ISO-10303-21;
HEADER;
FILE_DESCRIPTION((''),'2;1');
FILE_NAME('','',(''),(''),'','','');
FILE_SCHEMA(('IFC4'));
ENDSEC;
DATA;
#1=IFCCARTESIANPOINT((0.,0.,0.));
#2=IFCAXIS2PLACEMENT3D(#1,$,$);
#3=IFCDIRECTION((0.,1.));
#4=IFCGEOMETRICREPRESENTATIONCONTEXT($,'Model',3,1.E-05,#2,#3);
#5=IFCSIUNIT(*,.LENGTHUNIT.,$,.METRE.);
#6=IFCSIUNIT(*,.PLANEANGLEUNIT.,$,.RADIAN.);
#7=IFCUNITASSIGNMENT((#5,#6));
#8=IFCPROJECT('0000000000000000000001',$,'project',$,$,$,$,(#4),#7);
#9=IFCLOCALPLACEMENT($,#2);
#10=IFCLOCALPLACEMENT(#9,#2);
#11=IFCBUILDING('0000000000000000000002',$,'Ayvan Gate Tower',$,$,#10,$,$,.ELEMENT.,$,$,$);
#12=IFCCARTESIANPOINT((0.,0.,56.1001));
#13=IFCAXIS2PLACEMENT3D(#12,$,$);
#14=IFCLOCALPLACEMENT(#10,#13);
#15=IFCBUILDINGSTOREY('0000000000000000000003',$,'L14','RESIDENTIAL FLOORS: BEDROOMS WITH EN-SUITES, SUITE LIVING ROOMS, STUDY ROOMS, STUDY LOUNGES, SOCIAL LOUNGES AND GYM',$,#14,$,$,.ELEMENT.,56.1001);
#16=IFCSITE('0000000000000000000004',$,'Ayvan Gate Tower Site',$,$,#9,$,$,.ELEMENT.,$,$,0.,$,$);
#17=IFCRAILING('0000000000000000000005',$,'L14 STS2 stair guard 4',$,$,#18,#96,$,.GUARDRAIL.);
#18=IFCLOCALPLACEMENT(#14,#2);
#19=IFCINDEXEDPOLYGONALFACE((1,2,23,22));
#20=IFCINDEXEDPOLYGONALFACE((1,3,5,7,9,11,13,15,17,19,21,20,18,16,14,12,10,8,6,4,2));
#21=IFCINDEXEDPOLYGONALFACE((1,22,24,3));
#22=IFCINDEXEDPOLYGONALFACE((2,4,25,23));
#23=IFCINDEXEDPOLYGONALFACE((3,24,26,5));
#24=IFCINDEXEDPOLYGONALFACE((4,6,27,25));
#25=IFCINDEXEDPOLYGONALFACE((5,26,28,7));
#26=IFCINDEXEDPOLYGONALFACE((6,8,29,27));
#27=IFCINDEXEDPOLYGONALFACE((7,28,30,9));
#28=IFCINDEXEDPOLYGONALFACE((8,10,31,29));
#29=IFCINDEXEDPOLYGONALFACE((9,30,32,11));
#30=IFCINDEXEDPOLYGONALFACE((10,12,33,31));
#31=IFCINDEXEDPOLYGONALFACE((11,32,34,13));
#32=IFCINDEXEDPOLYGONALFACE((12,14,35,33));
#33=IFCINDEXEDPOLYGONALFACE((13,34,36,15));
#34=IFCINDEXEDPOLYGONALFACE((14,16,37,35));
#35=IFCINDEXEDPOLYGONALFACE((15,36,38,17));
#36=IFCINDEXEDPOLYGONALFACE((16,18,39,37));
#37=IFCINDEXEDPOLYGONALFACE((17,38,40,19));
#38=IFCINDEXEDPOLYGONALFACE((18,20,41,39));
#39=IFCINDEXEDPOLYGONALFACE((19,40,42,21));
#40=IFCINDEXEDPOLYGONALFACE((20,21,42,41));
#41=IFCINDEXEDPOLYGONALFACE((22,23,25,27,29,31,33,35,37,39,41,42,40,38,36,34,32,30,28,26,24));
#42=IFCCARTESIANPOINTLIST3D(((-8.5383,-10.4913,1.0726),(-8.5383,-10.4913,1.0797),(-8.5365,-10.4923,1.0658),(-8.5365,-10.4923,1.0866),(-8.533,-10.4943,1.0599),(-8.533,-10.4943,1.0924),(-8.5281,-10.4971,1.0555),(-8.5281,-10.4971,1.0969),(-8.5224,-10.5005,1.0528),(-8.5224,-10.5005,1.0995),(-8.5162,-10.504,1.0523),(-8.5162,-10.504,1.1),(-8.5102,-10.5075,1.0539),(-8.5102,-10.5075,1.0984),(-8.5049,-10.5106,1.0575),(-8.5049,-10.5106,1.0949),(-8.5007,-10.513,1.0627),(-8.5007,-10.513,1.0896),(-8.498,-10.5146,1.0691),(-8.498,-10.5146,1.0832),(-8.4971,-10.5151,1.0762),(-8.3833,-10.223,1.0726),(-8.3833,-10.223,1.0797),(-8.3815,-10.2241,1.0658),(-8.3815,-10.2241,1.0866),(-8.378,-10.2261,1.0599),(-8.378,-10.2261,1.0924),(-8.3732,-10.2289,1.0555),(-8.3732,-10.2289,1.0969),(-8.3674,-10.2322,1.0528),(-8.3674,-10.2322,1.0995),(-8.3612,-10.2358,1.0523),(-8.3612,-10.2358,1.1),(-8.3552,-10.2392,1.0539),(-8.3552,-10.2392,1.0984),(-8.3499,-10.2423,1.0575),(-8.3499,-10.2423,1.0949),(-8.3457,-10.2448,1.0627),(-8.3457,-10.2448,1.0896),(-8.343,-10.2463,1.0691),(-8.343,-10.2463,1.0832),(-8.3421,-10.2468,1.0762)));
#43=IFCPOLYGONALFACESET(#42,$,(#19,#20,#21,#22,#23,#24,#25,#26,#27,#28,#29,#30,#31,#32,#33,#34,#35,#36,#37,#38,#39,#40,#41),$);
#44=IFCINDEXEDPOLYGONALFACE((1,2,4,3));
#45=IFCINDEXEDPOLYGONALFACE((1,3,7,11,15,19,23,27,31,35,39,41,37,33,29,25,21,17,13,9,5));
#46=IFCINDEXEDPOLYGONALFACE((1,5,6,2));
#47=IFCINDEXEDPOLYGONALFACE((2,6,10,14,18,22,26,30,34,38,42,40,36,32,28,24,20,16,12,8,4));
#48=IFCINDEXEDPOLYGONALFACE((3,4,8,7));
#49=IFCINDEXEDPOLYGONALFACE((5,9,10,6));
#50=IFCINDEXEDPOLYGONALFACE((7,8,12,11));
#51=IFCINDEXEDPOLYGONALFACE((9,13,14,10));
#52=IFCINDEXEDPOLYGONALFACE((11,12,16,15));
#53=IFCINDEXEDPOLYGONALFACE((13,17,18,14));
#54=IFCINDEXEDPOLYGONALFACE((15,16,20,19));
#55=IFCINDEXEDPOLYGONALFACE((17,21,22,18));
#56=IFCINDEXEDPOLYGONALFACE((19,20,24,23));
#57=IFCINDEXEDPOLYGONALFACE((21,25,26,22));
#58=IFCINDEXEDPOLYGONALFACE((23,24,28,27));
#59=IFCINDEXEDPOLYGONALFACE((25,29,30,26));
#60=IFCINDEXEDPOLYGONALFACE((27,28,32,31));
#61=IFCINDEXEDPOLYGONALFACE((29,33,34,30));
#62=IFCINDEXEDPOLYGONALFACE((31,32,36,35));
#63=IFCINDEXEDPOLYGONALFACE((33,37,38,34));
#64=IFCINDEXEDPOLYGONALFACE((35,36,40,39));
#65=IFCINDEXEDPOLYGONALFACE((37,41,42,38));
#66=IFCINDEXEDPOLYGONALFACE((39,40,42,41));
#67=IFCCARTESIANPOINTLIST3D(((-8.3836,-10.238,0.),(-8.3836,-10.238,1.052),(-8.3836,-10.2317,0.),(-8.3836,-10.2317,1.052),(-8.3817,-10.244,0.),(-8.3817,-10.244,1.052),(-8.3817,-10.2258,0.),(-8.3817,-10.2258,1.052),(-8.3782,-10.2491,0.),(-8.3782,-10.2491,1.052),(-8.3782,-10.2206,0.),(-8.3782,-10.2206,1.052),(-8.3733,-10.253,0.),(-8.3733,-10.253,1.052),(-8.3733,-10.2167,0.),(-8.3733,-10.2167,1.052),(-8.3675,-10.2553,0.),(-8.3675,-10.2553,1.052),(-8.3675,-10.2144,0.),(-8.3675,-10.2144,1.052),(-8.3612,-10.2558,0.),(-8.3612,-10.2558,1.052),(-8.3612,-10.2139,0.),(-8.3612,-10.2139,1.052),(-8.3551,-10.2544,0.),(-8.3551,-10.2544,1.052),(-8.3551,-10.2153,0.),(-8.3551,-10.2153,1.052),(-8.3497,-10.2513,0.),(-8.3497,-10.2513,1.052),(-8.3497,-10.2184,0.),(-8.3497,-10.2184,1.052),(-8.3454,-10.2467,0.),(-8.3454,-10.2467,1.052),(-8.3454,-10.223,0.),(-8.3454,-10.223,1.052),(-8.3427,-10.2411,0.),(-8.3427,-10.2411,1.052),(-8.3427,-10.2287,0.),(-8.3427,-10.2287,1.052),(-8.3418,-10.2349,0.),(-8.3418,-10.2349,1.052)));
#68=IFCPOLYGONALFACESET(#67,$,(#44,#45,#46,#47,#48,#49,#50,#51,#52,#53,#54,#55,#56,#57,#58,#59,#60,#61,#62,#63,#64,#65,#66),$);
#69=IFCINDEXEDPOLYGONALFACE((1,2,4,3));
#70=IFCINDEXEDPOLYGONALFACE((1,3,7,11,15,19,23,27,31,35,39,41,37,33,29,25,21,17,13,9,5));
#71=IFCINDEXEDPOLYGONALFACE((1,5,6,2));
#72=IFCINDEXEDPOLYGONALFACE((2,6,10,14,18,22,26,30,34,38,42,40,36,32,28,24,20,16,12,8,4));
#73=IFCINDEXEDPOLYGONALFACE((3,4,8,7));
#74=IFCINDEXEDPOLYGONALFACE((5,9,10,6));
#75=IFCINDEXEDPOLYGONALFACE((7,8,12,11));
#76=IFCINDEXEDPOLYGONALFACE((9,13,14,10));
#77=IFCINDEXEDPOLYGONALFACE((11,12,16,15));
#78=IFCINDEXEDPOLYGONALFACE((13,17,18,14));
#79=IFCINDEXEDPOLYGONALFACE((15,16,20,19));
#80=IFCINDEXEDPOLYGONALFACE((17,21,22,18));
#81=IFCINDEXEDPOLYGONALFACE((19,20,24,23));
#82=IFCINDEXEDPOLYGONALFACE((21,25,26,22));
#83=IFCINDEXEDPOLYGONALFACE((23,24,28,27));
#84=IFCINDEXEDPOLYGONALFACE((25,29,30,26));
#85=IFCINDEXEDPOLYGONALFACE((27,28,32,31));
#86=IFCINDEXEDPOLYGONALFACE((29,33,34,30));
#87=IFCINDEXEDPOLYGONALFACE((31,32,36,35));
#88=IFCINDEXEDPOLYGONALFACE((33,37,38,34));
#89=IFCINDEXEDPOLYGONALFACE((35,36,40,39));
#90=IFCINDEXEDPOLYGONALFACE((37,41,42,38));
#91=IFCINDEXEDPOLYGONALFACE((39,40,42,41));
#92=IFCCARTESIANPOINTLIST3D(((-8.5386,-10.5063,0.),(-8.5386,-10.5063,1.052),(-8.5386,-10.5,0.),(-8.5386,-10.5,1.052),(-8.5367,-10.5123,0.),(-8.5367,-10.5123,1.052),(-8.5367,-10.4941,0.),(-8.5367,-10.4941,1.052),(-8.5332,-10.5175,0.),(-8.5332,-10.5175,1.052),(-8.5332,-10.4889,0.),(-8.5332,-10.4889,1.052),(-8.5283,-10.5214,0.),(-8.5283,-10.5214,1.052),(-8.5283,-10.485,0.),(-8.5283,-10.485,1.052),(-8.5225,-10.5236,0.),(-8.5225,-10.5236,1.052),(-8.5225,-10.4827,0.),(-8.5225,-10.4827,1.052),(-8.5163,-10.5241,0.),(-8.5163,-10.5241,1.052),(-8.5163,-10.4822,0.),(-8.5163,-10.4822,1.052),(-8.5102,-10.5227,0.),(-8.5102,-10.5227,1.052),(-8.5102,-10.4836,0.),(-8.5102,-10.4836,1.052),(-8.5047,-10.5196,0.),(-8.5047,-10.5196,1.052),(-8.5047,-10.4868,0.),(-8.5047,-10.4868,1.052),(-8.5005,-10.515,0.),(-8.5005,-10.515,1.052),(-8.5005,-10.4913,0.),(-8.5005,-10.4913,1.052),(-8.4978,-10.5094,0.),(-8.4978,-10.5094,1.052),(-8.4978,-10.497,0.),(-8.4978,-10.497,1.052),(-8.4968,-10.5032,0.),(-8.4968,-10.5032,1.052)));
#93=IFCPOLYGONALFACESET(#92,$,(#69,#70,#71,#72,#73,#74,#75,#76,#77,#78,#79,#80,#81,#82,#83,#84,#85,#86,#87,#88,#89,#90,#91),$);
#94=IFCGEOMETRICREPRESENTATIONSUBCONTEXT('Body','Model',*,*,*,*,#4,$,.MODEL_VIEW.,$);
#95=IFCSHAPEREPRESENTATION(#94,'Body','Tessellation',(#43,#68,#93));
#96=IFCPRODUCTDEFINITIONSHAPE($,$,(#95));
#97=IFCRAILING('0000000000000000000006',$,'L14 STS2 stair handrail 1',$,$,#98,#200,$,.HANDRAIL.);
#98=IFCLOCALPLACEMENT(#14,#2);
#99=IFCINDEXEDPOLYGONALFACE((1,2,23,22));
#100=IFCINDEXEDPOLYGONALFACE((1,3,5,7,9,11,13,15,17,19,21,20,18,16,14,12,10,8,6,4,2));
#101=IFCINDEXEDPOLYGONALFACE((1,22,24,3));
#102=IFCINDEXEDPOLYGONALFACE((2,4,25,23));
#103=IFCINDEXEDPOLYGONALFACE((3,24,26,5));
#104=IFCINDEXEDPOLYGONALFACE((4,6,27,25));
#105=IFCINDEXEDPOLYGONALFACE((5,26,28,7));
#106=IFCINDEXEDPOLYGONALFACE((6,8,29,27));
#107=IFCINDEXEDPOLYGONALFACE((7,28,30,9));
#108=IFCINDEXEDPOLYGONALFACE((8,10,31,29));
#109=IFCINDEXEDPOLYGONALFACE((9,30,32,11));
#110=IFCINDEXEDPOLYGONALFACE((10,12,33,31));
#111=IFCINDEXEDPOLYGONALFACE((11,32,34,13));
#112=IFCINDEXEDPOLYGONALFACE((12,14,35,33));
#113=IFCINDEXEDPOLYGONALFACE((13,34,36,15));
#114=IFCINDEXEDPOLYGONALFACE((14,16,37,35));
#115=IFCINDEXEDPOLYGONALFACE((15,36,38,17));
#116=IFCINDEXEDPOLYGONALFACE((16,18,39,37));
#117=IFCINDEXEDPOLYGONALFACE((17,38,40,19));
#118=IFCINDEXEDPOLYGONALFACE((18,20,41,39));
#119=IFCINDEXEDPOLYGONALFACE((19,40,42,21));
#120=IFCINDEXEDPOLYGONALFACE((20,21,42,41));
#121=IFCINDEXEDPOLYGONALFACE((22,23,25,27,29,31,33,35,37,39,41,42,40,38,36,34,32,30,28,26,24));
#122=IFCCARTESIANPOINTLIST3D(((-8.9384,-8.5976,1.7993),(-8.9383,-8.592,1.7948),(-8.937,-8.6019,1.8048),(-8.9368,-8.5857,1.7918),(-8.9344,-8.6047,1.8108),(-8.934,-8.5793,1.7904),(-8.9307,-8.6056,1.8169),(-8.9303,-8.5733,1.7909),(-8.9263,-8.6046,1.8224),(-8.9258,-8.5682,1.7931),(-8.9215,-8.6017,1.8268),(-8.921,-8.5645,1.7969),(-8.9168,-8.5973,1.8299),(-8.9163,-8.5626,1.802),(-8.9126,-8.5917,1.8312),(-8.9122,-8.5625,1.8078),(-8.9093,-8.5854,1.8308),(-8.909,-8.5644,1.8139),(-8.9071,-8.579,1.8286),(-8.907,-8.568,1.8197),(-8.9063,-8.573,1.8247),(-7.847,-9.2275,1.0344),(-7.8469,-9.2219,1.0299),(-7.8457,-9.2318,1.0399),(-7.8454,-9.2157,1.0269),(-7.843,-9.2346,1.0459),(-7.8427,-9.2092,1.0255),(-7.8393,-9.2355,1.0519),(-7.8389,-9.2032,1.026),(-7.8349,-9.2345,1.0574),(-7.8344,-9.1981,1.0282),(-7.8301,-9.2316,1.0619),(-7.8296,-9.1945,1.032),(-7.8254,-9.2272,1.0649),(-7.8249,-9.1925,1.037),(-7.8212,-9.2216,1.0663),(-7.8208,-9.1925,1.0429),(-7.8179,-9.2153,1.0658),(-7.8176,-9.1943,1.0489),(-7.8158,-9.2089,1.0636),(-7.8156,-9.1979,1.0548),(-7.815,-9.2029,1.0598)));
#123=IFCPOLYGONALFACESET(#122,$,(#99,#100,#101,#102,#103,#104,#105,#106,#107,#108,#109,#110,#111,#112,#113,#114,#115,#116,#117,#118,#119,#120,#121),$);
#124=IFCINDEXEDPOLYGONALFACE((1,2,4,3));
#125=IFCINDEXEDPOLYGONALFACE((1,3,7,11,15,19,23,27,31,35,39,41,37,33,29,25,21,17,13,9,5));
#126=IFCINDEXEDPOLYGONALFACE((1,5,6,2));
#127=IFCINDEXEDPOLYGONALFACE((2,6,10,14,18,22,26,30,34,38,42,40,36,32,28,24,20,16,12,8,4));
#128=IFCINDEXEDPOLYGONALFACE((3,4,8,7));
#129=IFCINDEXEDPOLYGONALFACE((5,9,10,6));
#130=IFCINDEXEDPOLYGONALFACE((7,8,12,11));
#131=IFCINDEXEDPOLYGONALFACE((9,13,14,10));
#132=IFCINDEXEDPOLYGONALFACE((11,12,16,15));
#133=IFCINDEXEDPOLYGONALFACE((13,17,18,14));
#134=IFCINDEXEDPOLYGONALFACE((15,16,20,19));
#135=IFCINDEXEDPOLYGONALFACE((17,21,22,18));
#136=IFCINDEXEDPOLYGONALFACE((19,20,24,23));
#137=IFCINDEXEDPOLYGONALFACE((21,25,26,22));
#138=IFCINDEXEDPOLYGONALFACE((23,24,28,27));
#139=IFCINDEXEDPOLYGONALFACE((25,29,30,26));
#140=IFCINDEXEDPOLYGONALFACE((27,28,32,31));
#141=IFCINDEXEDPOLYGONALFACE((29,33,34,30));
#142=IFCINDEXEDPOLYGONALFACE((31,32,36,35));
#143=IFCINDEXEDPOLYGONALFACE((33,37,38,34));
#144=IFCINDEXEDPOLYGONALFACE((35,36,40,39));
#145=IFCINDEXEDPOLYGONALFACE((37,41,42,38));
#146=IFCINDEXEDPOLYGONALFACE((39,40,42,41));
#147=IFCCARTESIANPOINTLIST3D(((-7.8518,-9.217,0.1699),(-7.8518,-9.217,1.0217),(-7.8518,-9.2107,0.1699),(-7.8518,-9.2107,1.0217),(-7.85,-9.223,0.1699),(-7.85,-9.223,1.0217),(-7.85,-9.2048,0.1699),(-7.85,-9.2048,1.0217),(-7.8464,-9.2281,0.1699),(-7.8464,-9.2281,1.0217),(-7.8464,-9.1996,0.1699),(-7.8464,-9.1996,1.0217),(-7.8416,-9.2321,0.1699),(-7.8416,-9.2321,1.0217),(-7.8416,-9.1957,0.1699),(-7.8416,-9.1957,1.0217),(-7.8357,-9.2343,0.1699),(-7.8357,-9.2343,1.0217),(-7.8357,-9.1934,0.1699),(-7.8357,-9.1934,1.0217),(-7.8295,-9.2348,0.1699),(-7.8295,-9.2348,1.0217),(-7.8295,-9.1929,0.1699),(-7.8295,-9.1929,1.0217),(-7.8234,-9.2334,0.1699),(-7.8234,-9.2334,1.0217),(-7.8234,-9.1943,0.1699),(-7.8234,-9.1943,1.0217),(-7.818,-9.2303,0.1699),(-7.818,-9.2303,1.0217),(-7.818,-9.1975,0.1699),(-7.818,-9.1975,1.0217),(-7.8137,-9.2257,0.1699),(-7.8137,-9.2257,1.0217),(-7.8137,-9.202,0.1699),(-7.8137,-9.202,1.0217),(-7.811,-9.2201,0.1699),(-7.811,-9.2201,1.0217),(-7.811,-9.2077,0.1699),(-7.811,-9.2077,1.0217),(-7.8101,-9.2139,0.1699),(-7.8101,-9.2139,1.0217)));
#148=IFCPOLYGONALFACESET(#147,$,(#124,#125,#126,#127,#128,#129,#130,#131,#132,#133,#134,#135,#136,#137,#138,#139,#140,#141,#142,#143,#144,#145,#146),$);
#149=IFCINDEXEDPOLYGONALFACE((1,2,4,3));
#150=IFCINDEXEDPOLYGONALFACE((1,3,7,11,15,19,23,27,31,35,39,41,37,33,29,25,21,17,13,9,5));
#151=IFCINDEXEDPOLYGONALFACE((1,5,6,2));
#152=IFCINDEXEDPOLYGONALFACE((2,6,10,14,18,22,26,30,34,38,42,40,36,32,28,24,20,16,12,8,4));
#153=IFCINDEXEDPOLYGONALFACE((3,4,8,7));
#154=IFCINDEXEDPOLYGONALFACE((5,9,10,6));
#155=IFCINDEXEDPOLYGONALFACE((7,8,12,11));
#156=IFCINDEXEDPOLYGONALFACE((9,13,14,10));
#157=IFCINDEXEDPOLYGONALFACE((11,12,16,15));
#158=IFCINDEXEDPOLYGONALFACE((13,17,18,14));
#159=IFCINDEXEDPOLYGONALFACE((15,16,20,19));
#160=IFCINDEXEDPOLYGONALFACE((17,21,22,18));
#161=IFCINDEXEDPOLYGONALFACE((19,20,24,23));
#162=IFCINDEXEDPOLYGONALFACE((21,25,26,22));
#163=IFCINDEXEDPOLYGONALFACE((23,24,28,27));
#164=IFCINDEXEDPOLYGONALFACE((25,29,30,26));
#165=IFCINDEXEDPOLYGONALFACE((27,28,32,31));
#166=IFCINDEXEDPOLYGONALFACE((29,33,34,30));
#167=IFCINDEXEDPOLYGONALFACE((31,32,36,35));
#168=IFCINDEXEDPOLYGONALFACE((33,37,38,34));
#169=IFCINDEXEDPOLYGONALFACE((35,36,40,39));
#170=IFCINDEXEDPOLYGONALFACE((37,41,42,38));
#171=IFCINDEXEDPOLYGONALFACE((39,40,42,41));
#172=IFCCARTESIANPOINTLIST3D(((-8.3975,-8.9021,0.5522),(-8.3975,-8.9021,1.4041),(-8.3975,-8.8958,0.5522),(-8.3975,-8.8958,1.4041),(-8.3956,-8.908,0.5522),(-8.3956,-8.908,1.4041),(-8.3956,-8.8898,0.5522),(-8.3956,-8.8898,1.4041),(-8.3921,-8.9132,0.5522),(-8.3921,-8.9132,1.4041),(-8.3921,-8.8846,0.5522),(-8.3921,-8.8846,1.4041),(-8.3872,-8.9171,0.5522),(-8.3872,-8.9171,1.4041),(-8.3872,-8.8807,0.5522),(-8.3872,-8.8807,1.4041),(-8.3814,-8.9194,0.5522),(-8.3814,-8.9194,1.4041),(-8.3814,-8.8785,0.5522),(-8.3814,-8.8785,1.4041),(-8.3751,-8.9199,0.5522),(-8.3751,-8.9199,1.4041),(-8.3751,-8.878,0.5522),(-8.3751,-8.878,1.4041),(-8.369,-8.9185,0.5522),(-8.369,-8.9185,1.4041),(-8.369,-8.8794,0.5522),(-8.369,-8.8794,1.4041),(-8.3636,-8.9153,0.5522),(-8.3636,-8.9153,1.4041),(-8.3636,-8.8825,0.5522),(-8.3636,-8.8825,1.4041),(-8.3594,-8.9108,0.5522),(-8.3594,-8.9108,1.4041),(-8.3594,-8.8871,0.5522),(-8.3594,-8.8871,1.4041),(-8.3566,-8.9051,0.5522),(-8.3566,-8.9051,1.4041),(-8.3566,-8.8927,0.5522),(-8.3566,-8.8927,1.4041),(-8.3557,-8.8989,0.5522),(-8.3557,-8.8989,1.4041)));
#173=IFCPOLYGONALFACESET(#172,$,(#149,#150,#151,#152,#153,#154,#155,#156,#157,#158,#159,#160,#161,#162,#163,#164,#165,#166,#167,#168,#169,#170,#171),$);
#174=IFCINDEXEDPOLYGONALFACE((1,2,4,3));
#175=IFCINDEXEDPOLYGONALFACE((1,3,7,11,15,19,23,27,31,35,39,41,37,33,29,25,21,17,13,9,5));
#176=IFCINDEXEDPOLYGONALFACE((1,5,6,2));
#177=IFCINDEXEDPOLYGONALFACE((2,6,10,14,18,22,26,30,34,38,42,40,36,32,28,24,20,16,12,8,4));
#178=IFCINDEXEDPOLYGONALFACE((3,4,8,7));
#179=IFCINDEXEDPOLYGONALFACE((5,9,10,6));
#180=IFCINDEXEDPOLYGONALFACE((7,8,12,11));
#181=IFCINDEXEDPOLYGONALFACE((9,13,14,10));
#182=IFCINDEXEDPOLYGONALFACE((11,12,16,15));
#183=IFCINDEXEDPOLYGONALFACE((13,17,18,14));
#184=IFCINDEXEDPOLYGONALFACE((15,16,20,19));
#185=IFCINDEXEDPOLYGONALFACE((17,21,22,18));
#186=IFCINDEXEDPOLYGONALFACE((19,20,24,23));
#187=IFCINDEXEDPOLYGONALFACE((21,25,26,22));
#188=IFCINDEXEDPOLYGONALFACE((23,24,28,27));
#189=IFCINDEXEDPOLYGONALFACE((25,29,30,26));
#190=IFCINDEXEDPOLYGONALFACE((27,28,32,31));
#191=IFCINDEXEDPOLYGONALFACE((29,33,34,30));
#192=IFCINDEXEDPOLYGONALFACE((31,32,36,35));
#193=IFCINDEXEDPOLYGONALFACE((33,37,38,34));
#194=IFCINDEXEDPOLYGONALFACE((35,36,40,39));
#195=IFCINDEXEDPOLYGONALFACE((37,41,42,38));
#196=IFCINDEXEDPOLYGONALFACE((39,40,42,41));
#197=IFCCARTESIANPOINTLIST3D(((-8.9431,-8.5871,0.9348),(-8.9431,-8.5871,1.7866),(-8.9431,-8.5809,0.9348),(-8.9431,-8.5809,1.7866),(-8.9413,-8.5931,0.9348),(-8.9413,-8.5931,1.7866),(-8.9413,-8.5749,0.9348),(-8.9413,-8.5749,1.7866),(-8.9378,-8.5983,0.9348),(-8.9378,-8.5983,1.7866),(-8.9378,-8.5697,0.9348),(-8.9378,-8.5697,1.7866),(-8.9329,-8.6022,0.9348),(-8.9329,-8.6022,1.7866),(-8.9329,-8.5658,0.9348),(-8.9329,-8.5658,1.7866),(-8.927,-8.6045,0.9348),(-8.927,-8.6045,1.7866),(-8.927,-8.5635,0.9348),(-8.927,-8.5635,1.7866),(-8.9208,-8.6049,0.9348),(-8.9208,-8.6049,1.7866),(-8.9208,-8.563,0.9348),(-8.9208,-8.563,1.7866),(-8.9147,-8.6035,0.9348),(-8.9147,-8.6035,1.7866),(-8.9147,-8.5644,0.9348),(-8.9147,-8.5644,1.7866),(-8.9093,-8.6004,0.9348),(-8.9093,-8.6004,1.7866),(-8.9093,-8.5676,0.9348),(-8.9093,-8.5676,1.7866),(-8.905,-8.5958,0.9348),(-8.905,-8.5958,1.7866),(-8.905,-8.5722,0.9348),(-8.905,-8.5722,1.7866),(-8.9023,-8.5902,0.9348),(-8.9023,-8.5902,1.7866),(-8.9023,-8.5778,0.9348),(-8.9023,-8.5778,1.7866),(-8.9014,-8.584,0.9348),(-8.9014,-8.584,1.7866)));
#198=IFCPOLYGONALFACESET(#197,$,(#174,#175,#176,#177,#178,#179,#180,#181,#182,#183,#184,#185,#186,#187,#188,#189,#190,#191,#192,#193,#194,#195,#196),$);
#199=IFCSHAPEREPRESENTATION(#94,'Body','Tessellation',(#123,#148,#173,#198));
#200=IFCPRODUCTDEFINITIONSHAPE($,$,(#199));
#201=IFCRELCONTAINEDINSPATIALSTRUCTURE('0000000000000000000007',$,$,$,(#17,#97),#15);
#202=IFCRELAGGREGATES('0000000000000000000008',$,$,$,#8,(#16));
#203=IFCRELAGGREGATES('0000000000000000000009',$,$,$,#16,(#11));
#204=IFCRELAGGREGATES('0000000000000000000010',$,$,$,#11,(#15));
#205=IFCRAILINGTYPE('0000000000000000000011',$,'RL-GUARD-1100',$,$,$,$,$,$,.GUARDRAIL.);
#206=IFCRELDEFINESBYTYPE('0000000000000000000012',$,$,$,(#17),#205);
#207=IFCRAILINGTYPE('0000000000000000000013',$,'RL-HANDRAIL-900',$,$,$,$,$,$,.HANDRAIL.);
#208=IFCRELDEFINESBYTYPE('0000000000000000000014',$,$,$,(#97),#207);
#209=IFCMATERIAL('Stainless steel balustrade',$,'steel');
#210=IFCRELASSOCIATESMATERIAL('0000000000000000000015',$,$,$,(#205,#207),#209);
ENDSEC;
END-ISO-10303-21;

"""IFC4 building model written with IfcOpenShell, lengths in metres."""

from ifc_helpers import new_model, si_unit, direction, frame, origin, origin_2d, place, context, subcontext, project, spatial, circle, extrude, material, type_object, element, save


model = new_model("IFC4")

# Units and contexts
model_context = context("Model", 3, precision=1e-05, world=origin(), true_north=direction((0.0, 1.0)))
body_context = subcontext(model_context, "Body", "Model", "MODEL_VIEW")
ifc_project = project(units=[si_unit("LENGTHUNIT", "METRE"), si_unit("PLANEANGLEUNIT", "RADIAN")], contexts=[model_context])

# Site, building, storey
site_placement = place(None, origin())
site = spatial("IfcSite", under=ifc_project, at=site_placement, Name="Ayvan Gate Tower Site", CompositionType="ELEMENT", RefElevation=0.0)
building_placement = place(site_placement, origin())
building = spatial("IfcBuilding", under=site, at=building_placement, Name="Ayvan Gate Tower", CompositionType="ELEMENT")
storey_placement = place(building_placement, frame((0.0, 0.0, 56.1001)))
storey = spatial("IfcBuildingStorey", under=building, at=storey_placement, Name="L14", Description="RESIDENTIAL FLOORS: BEDROOMS WITH EN-SUITES, SUITE LIVING ROOMS, STUDY ROOMS, STUDY LOUNGES, SOCIAL LOUNGES AND GYM", CompositionType="ELEMENT", Elevation=56.1001)

# Railings
ifc_material_1 = material(Name="Stainless steel balustrade", Category="steel")
railing_type_1 = type_object("IfcRailingType", Name="RL-GUARD-1100", PredefinedType="GUARDRAIL", material=ifc_material_1)
railing_1_placement = place(storey_placement, frame((-8.3628, -10.2349, 0.0)))
element("IfcRailing", 1, at=railing_1_placement, inside=storey, type_object=railing_type_1, Name="L14 STS2 stair guard 4", PredefinedType="GUARDRAIL", context=body_context, shape_type="SweptSolid", body=[
    extrude(circle(Radius=0.0239, at=origin_2d()), frame((0.0, 0.0, 1.0762), z_axis=(-0.500291, -0.865857, 0.0), x_axis=(0.865857, -0.500291, 0.0)), (0.0, 0.0, 1.0), 0.3098),
    extrude(circle(Radius=0.021, at=origin_2d()), origin(), (0.0, 0.0, 1.0), 1.052),
    extrude(circle(Radius=0.021, at=origin_2d()), frame((-0.155, -0.2683, 0.0)), (0.0, 0.0, 1.0), 1.052),
])
railing_type_2 = type_object("IfcRailingType", Name="RL-HANDRAIL-900", PredefinedType="HANDRAIL", material=ifc_material_1)
railing_2_placement = place(storey_placement, frame((-7.8311, -9.2139, 0.1699)))
element("IfcRailing", 2, at=railing_2_placement, inside=storey, type_object=railing_type_2, Name="L14 STS2 stair handrail 1", PredefinedType="HANDRAIL", context=body_context, shape_type="SweptSolid", body=[
    extrude(circle(Radius=0.0239, at=origin_2d()), frame((0.0, 0.0, 0.876), z_axis=(-0.740357, 0.42732, 0.518912), x_axis=(-0.49989, -0.866089, 0.0)), (0.0, 0.0, 1.0), 1.4741),
    extrude(circle(Radius=0.021, at=origin_2d()), origin(), (0.0, 0.0, 1.0), 0.8518),
    extrude(circle(Radius=0.021, at=origin_2d()), frame((-0.5457, 0.3149, 0.3823)), (0.0, 0.0, 1.0), 0.8518),
    extrude(circle(Radius=0.021, at=origin_2d()), frame((-1.0913, 0.6299, 0.7649)), (0.0, 0.0, 1.0), 0.8518),
])

save(model, "model.ifc")
